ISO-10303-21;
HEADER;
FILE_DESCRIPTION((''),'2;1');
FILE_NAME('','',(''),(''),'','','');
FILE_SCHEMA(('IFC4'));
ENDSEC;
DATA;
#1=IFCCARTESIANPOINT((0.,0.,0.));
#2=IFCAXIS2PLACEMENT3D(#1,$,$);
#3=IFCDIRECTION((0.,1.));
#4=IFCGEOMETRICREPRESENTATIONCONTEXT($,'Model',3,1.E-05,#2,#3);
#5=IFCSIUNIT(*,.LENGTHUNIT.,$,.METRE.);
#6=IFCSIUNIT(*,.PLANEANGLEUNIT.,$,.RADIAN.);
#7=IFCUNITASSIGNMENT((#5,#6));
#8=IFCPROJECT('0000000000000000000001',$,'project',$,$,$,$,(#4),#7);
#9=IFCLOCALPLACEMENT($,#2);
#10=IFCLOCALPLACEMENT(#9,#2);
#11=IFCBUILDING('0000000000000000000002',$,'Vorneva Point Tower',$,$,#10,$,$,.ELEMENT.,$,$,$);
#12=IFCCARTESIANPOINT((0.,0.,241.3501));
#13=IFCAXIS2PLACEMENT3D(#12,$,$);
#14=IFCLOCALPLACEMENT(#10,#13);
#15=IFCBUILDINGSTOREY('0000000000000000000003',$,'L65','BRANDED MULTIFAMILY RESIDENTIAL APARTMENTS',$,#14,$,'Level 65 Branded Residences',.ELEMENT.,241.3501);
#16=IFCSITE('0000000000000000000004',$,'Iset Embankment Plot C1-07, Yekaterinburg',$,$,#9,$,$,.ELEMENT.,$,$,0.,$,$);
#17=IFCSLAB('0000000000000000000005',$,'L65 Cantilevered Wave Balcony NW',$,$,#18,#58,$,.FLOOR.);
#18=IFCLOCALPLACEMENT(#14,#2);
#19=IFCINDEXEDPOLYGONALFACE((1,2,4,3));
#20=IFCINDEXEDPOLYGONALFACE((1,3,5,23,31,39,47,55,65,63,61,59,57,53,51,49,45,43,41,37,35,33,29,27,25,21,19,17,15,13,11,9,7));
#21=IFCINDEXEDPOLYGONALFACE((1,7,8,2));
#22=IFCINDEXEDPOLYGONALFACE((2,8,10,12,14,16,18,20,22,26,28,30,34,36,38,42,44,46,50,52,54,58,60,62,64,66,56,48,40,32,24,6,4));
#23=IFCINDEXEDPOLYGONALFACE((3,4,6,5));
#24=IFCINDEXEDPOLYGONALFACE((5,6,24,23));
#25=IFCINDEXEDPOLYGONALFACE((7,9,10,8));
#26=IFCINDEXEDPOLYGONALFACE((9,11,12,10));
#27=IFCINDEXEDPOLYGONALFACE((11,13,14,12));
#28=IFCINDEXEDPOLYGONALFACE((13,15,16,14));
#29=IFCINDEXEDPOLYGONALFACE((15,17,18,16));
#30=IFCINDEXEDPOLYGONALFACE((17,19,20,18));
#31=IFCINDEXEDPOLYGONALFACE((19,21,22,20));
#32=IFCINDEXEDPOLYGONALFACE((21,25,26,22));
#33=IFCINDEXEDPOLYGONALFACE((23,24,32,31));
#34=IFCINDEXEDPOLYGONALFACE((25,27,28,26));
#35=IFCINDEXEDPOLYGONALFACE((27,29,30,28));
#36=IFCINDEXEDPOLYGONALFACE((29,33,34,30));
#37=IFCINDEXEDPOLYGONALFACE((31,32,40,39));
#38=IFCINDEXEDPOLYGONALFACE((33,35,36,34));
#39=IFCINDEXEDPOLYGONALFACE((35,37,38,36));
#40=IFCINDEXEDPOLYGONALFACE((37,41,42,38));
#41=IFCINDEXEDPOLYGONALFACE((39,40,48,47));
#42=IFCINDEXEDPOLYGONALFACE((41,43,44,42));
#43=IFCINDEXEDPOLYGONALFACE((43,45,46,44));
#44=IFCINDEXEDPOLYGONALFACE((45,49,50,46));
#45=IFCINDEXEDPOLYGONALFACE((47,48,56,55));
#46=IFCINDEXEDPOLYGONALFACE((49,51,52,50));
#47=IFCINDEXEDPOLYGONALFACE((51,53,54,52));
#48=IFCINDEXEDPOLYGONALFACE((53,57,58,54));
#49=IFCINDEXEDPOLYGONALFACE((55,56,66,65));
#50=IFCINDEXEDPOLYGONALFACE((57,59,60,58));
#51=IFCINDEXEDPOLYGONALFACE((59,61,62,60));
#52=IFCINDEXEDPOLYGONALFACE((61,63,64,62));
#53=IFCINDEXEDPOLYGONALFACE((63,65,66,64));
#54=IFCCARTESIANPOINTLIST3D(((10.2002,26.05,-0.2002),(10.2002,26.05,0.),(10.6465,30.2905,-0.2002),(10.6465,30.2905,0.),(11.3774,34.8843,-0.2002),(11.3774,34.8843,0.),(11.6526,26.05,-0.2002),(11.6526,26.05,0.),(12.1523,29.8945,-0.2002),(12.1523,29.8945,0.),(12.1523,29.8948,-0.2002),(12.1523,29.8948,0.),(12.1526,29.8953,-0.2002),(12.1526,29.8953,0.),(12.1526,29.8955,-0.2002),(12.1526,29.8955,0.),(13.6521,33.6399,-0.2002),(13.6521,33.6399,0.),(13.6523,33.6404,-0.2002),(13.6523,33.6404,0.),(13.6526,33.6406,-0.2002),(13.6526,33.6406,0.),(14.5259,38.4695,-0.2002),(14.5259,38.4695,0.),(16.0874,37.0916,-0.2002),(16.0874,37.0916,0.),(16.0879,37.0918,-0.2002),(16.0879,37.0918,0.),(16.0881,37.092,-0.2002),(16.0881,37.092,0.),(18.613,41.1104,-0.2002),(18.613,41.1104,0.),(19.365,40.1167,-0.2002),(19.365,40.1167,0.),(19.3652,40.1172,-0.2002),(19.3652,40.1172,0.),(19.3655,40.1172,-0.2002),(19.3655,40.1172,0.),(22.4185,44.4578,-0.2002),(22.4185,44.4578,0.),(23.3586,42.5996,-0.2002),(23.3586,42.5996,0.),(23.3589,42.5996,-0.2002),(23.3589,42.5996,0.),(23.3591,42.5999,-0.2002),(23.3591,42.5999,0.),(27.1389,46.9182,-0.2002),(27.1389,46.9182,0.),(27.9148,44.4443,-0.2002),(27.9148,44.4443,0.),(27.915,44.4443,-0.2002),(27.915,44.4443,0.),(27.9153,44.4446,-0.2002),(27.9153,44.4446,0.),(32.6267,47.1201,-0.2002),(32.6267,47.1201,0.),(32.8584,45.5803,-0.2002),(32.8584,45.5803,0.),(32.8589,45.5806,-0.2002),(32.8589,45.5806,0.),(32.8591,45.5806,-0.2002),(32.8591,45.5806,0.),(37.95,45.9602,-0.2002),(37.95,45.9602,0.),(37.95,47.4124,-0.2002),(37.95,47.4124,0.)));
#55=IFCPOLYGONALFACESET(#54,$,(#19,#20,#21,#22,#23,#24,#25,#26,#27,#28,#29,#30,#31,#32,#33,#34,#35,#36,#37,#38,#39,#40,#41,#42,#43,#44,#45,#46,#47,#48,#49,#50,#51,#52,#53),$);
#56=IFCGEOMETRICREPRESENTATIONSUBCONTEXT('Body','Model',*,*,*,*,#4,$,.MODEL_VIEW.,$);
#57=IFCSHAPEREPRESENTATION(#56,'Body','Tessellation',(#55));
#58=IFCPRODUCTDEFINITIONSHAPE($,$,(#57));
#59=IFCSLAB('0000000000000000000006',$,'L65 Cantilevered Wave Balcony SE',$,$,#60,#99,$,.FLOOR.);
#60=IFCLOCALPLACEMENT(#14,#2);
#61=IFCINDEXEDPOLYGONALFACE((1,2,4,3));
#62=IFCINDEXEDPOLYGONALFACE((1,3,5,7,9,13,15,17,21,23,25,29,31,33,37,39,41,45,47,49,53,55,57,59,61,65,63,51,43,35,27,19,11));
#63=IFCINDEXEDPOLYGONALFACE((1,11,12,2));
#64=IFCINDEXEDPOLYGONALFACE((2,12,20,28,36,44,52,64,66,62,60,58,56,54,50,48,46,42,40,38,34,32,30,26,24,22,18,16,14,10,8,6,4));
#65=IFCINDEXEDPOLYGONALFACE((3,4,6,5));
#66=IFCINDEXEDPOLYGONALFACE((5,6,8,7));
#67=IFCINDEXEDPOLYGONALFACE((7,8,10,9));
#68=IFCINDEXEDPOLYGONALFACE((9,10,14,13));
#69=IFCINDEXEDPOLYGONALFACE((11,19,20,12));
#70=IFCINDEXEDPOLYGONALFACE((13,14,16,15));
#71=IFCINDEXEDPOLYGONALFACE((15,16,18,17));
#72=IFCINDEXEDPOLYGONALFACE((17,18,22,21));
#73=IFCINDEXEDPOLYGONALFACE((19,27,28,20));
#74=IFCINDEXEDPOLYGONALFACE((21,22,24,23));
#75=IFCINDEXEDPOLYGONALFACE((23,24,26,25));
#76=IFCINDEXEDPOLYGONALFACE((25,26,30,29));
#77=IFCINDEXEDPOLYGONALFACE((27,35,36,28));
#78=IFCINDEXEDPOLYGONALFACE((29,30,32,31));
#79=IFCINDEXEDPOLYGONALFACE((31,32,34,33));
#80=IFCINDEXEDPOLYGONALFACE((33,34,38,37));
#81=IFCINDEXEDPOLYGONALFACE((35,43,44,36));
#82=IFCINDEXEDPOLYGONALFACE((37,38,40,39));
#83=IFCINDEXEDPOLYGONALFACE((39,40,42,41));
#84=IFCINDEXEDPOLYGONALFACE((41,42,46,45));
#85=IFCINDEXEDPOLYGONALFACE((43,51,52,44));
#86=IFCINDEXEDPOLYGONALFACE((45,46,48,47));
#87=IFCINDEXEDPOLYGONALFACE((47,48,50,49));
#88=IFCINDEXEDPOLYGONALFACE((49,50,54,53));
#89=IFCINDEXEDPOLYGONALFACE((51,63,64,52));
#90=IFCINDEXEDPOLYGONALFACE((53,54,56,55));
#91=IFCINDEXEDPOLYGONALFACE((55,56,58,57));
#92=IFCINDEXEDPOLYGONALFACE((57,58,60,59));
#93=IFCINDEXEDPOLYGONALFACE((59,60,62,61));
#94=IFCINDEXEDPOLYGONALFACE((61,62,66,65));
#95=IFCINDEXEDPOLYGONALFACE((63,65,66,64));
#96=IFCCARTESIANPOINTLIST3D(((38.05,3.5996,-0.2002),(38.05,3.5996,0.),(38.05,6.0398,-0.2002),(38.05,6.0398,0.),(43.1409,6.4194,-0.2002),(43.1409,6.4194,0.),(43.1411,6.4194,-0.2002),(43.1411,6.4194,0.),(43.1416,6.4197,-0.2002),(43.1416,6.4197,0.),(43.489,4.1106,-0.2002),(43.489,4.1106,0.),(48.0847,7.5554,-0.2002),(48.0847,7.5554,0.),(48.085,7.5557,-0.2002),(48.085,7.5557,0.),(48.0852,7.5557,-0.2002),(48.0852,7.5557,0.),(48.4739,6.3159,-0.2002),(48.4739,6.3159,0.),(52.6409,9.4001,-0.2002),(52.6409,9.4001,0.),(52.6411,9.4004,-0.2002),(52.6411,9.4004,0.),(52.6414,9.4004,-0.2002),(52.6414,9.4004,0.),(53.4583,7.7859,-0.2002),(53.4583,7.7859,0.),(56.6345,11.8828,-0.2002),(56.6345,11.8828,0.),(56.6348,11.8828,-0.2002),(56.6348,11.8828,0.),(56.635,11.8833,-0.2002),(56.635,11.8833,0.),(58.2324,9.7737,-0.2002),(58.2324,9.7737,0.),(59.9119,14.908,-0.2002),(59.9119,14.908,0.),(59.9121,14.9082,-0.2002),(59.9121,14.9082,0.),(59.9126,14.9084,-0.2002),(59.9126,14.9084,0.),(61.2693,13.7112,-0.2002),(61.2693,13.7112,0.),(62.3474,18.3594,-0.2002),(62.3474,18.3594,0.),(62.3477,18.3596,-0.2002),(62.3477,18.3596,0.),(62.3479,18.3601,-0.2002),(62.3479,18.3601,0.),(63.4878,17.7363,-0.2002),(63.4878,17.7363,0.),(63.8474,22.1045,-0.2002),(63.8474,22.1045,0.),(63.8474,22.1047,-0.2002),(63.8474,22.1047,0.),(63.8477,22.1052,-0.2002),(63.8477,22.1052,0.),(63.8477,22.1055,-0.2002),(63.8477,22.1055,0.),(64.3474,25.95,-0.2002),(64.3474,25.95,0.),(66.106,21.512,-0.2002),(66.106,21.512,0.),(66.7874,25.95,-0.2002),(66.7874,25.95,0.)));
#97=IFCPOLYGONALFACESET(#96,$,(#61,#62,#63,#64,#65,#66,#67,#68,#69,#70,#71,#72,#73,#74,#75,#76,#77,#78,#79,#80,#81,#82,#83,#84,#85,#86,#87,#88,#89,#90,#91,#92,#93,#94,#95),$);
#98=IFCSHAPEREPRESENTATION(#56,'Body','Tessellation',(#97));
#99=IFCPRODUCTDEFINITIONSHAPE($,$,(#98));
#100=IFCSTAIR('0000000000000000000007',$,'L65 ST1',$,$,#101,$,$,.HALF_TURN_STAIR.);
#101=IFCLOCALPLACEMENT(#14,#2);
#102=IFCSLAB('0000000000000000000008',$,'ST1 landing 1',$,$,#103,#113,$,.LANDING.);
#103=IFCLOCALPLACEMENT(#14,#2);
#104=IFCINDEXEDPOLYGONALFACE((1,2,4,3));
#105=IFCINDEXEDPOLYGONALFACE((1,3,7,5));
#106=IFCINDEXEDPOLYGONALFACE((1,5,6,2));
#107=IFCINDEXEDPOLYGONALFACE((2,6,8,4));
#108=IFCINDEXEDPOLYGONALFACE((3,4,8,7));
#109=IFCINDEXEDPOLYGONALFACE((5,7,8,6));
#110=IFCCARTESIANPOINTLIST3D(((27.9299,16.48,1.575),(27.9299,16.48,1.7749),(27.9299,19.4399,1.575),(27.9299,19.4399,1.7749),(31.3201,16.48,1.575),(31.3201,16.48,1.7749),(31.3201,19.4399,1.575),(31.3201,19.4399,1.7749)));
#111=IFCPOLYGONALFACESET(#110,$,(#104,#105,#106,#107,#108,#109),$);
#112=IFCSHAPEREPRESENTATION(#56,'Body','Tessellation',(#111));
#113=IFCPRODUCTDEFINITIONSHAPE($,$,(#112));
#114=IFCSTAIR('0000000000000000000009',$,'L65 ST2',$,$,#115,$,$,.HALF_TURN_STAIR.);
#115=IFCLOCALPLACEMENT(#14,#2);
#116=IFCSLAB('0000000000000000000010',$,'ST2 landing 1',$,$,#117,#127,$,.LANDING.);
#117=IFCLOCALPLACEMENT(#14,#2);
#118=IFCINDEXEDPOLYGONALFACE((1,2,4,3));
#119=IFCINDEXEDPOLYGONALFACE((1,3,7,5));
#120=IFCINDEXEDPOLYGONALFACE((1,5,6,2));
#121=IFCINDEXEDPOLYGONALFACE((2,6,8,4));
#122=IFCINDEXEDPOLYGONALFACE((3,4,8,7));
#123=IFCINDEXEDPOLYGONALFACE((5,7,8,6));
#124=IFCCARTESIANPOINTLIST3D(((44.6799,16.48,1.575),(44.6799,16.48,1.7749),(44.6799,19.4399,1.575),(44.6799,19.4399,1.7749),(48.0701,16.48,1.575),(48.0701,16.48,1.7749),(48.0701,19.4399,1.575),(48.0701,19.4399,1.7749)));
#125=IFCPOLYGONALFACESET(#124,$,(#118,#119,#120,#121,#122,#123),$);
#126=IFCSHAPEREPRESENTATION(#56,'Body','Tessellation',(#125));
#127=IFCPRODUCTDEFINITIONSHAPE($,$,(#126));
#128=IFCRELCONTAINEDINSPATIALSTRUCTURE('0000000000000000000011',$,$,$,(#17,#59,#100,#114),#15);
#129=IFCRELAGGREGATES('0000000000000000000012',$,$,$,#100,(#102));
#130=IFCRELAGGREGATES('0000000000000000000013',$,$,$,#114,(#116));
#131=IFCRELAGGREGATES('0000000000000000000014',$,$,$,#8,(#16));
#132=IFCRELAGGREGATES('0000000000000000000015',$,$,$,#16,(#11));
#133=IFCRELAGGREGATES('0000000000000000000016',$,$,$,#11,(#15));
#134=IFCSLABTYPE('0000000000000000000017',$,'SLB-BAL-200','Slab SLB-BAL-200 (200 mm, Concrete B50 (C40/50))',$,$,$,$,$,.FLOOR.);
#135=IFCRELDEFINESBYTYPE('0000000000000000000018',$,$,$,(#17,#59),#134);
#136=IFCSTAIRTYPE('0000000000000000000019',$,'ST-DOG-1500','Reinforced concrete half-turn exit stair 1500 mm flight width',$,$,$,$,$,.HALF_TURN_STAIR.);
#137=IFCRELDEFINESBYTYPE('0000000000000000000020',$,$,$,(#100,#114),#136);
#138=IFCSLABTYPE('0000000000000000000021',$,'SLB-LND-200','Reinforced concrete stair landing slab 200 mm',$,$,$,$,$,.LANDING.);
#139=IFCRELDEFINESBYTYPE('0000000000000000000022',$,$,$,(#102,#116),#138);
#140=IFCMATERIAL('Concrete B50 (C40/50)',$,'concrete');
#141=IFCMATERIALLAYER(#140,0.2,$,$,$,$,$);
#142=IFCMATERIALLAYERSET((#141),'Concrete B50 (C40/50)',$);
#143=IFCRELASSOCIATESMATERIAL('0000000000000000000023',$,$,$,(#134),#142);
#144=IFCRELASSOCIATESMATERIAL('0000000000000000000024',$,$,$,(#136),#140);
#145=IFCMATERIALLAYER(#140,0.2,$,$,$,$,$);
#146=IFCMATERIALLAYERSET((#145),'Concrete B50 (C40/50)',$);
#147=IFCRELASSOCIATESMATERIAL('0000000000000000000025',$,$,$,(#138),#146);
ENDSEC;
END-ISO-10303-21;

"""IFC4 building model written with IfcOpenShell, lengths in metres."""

from ifc_helpers import new_model, si_unit, direction, frame, origin, place, context, subcontext, project, spatial, polyline, outline, extrude, material, layer, layer_set, type_object, element, aggregate, save


model = new_model("IFC4")

# Units and contexts
model_context = context("Model", 3, precision=1e-05, world=origin(), true_north=direction((0.0, 1.0)))
body_context = subcontext(model_context, "Body", "Model", "MODEL_VIEW")
ifc_project = project(units=[si_unit("LENGTHUNIT", "METRE"), si_unit("PLANEANGLEUNIT", "RADIAN")], contexts=[model_context])

# Site, building, storey
site_placement = place(None, origin())
site = spatial("IfcSite", under=ifc_project, at=site_placement, Name="Iset Embankment Plot C1-07, Yekaterinburg", CompositionType="ELEMENT", RefElevation=0.0)
building_placement = place(site_placement, origin())
building = spatial("IfcBuilding", under=site, at=building_placement, Name="Vorneva Point Tower", CompositionType="ELEMENT")
storey_placement = place(building_placement, frame((0.0, 0.0, 241.3501)))
storey = spatial("IfcBuildingStorey", under=building, at=storey_placement, Name="L65", Description="BRANDED MULTIFAMILY RESIDENTIAL APARTMENTS", LongName="Level 65 Branded Residences", CompositionType="ELEMENT", Elevation=241.3501)

# Shared definitions
ifc_material_1 = material(Name="Concrete B50 (C40/50)", Category="concrete")

# Slabs
ifc_layer_1 = layer(ifc_material_1, 0.2)
ifc_layer_set_1 = layer_set([ifc_layer_1], Name="Concrete B50 (C40/50)")
slab_type_1 = type_object("IfcSlabType", Name="SLB-BAL-200", Description="Slab SLB-BAL-200 (200 mm, Concrete B50 (C40/50))", PredefinedType="FLOOR", material=ifc_layer_set_1)
slab_1_placement = place(storey_placement, frame((0.0, 0.0, -0.2002)))
element("IfcSlab", 1, at=slab_1_placement, inside=storey, type_object=slab_type_1, Name="L65 Cantilevered Wave Balcony NW", PredefinedType="FLOOR", context=body_context, shape_type="SweptSolid", body=[
    extrude(outline(polyline([(10.2002, 26.05), (11.6526, 26.05), (12.1523, 29.8945), (12.1523, 29.8948), (12.1526, 29.8953), (12.1526, 29.8955), (13.6521, 33.6399), (13.6523, 33.6404), (13.6526, 33.6406), (16.0874, 37.0916), (16.0879, 37.0918), (16.0881, 37.092), (19.365, 40.1167), (19.3652, 40.1172), (19.3655, 40.1172), (23.3586, 42.5996), (23.3589, 42.5996), (23.3591, 42.5999), (27.9148, 44.4443), (27.915, 44.4443), (27.9153, 44.4446), (32.8584, 45.5803), (32.8589, 45.5806), (32.8591, 45.5806), (37.95, 45.9602), (37.95, 47.4124), (32.6267, 47.1201), (27.1389, 46.9182), (22.4185, 44.4578), (18.613, 41.1104), (14.5259, 38.4695), (11.3774, 34.8843), (10.6465, 30.2905), (10.2002, 26.05)])), origin(), (0.0, 0.0, 1.0), 0.2002),
])
slab_2_placement = place(storey_placement, frame((0.0, 0.0, -0.2002)))
element("IfcSlab", 2, at=slab_2_placement, inside=storey, type_object=slab_type_1, Name="L65 Cantilevered Wave Balcony SE", PredefinedType="FLOOR", context=body_context, shape_type="SweptSolid", body=[
    extrude(outline(polyline([(66.106, 21.512), (66.7874, 25.95), (64.3474, 25.95), (63.8477, 22.1055), (63.8477, 22.1052), (63.8474, 22.1047), (63.8474, 22.1045), (62.3479, 18.3601), (62.3477, 18.3596), (62.3474, 18.3594), (59.9126, 14.9084), (59.9121, 14.9082), (59.9119, 14.908), (56.635, 11.8833), (56.6348, 11.8828), (56.6345, 11.8828), (52.6414, 9.4004), (52.6411, 9.4004), (52.6409, 9.4001), (48.0852, 7.5557), (48.085, 7.5557), (48.0847, 7.5554), (43.1416, 6.4197), (43.1411, 6.4194), (43.1409, 6.4194), (38.05, 6.0398), (38.05, 3.5996), (43.489, 4.1106), (48.4739, 6.3159), (53.4583, 7.7859), (58.2324, 9.7737), (61.2693, 13.7112), (63.4878, 17.7363), (66.106, 21.512)])), origin(), (0.0, 0.0, 1.0), 0.2002),
])

# Stairs, slabs
stair_type = type_object("IfcStairType", Name="ST-DOG-1500", Description="Reinforced concrete half-turn exit stair 1500 mm flight width", PredefinedType="HALF_TURN_STAIR", material=ifc_material_1)
stair_1_placement = place(storey_placement, origin())
stair_1 = element("IfcStair", 3, at=stair_1_placement, inside=storey, type_object=stair_type, Name="L65 ST1", PredefinedType="HALF_TURN_STAIR")
ifc_layer_2 = layer(ifc_material_1, 0.2)
ifc_layer_set_2 = layer_set([ifc_layer_2], Name="Concrete B50 (C40/50)")
slab_type_2 = type_object("IfcSlabType", Name="SLB-LND-200", Description="Reinforced concrete stair landing slab 200 mm", PredefinedType="LANDING", material=ifc_layer_set_2)
slab_3_placement = place(storey_placement, frame((0.0, 0.0, 1.575)))
slab_3 = element("IfcSlab", 4, at=slab_3_placement, type_object=slab_type_2, Name="ST1 landing 1", PredefinedType="LANDING", context=body_context, shape_type="SweptSolid", body=[
    extrude(outline(polyline([(27.9299, 16.48), (31.3201, 16.48), (31.3201, 19.4399), (27.9299, 19.4399), (27.9299, 16.48)])), origin(), (0.0, 0.0, 1.0), 0.2),
])
aggregate(stair_1, [slab_3])
stair_2_placement = place(storey_placement, origin())
stair_2 = element("IfcStair", 5, at=stair_2_placement, inside=storey, type_object=stair_type, Name="L65 ST2", PredefinedType="HALF_TURN_STAIR")
slab_4_placement = place(storey_placement, frame((0.0, 0.0, 1.575)))
slab_4 = element("IfcSlab", 6, at=slab_4_placement, type_object=slab_type_2, Name="ST2 landing 1", PredefinedType="LANDING", context=body_context, shape_type="SweptSolid", body=[
    extrude(outline(polyline([(44.6799, 16.48), (48.0701, 16.48), (48.0701, 19.4399), (44.6799, 19.4399), (44.6799, 16.48)])), origin(), (0.0, 0.0, 1.0), 0.2),
])
aggregate(stair_2, [slab_4])

save(model, "model.ifc")
